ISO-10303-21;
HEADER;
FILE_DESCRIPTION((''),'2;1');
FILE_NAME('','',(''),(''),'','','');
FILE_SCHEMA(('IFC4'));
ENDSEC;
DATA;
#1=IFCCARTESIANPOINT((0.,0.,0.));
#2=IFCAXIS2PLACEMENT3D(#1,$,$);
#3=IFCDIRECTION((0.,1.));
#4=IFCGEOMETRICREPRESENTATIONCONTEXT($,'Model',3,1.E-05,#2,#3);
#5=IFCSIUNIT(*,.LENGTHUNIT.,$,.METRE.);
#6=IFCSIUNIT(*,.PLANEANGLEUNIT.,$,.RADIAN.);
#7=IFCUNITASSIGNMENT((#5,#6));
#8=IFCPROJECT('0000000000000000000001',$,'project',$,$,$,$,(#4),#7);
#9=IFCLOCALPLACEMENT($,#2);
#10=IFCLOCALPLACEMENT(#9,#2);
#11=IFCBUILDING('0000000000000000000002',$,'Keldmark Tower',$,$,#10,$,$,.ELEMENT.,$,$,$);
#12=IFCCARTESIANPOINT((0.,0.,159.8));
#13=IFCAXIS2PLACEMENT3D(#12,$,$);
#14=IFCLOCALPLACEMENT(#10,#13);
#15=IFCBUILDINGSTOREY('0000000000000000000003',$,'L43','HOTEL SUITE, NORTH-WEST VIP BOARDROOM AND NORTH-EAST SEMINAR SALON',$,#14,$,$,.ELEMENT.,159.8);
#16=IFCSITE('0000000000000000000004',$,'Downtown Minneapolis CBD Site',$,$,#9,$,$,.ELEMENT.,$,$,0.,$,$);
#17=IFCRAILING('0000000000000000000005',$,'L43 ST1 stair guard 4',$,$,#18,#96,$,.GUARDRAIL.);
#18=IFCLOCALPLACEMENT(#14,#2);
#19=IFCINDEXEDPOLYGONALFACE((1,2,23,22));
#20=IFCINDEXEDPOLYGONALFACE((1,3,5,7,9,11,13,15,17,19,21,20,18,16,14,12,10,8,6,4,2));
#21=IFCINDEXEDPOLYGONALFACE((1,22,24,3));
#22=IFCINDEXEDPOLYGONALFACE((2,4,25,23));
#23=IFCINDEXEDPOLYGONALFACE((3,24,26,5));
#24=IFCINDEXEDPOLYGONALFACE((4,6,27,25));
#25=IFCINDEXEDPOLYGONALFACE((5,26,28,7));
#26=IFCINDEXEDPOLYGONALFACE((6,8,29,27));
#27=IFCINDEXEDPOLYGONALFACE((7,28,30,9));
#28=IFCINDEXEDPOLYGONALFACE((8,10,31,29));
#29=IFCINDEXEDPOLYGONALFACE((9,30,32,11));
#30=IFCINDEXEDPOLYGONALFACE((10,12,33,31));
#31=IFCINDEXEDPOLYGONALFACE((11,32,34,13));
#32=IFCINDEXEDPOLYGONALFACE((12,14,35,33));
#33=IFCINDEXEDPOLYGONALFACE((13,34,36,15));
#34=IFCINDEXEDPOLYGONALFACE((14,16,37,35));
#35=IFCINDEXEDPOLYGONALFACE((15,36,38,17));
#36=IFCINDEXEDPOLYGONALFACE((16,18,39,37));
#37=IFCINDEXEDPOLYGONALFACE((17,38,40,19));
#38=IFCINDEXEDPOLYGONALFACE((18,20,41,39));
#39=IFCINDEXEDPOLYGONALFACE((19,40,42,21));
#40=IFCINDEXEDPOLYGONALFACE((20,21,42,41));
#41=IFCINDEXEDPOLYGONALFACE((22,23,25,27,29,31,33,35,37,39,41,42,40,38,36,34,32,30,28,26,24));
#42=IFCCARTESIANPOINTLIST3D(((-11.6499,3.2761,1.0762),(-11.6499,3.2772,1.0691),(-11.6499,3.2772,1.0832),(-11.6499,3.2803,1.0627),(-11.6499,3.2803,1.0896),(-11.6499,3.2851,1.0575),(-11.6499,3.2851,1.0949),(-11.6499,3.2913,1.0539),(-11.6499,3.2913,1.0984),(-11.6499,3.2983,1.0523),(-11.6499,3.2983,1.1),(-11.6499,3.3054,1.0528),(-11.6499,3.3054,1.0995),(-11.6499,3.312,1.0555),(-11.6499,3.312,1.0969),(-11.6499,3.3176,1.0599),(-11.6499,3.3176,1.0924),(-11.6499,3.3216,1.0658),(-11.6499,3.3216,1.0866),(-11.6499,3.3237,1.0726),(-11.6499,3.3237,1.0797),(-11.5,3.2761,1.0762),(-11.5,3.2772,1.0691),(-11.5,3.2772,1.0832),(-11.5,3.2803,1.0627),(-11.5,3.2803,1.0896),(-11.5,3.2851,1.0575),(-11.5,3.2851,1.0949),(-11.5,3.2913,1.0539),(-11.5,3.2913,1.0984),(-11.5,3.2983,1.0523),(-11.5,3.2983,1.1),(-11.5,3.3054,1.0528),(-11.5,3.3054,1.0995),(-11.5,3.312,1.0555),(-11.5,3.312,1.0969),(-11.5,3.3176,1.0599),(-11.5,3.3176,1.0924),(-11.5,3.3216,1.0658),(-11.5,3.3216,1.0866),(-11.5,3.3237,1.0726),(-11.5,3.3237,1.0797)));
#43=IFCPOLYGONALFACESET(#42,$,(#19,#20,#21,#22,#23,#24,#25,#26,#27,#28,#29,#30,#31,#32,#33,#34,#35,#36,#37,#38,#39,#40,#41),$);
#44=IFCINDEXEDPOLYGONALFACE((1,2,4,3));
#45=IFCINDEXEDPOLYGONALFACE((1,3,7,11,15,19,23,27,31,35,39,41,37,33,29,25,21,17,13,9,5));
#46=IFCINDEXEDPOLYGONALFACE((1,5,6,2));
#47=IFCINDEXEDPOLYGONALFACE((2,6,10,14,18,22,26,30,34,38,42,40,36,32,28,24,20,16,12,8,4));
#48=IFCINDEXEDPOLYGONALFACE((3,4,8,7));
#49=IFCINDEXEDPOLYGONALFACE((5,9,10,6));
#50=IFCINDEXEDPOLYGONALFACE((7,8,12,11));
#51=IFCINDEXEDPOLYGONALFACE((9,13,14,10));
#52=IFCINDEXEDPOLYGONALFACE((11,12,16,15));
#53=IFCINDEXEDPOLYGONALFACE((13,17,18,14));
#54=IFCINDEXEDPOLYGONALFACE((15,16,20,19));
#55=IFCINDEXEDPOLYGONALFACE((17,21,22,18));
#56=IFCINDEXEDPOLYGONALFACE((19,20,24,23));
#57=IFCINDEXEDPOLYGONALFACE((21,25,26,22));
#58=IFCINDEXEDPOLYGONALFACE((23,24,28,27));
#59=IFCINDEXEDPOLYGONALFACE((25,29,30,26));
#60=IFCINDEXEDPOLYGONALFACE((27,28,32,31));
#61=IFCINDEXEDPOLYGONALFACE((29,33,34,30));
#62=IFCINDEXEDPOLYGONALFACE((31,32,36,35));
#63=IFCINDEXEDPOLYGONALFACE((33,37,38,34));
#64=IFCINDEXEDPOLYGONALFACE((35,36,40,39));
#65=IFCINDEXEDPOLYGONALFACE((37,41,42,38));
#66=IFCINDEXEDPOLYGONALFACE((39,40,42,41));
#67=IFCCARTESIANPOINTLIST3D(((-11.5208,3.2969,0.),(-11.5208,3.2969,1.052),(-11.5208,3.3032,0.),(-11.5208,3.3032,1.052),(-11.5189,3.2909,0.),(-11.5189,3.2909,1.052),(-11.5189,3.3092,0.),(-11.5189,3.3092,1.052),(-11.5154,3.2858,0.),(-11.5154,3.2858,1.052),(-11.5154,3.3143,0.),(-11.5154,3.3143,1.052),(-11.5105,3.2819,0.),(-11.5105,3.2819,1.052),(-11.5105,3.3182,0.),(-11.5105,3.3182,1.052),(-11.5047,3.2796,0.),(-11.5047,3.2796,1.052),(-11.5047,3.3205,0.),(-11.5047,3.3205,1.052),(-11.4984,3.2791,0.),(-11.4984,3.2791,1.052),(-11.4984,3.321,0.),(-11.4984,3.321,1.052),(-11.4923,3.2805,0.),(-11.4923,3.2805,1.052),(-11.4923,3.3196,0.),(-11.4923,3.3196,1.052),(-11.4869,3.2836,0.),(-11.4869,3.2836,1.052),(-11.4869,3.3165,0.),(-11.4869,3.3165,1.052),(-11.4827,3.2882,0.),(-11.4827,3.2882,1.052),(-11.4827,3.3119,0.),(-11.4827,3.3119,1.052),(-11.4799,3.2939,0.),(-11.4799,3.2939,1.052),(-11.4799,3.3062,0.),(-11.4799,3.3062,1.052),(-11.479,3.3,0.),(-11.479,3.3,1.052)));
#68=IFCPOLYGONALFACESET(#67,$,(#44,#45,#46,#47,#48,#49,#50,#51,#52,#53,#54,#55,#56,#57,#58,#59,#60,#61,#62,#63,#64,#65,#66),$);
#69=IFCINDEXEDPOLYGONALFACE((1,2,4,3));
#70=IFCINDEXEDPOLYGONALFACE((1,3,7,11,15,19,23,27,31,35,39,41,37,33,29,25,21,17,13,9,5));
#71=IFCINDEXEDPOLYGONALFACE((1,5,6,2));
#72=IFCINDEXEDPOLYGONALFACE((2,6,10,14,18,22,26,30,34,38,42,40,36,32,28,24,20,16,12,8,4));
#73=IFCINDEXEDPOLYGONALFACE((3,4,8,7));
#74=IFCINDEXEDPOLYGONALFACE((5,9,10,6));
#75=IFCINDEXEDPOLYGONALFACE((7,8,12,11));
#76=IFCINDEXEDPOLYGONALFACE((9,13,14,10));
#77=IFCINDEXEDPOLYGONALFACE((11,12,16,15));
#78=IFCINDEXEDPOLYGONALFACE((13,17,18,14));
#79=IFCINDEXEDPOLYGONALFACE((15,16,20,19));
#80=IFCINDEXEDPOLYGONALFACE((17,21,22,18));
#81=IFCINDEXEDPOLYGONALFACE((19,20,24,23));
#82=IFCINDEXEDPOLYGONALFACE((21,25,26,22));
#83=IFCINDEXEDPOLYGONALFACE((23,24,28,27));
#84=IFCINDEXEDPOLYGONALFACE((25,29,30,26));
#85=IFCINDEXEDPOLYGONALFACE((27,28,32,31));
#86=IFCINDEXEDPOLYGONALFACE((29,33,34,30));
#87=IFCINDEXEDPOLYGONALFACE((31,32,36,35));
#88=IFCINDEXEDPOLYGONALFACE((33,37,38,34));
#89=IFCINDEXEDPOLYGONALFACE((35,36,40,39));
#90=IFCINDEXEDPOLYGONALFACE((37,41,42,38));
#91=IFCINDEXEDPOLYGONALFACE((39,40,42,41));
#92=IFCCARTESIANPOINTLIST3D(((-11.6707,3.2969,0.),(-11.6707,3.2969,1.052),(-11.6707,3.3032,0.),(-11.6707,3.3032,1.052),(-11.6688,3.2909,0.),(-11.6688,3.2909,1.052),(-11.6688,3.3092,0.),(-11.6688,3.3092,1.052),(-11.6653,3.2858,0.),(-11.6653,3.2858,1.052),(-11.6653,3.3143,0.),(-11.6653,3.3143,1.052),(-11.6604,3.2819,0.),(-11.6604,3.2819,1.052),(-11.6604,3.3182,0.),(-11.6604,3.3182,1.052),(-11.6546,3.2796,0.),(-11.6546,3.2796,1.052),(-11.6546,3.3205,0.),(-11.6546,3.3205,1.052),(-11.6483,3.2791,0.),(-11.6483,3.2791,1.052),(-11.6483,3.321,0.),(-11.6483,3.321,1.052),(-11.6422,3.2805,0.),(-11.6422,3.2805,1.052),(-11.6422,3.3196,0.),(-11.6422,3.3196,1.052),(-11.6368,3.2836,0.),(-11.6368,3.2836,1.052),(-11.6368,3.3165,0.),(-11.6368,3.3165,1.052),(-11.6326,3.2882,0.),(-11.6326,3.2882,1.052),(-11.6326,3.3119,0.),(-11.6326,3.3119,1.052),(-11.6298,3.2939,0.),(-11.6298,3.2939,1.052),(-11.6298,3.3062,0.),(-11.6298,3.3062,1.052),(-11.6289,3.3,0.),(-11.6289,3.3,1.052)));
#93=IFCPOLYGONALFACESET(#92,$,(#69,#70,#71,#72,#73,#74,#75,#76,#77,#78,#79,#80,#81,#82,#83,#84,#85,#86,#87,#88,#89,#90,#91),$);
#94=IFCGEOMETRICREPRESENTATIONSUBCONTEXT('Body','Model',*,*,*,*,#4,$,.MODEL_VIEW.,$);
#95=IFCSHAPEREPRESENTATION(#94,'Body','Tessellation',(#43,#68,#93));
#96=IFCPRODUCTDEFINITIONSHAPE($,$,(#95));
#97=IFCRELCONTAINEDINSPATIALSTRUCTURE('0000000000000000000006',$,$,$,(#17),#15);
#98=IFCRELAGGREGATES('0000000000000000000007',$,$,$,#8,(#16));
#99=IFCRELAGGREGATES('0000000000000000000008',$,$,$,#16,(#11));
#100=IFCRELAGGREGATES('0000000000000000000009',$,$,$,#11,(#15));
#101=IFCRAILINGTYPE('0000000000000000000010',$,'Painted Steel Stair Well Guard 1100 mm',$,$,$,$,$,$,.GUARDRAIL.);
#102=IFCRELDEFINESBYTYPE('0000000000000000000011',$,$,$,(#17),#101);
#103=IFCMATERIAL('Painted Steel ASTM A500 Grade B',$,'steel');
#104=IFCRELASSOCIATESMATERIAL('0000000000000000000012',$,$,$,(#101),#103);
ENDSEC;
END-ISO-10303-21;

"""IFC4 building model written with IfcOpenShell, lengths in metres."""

from ifc_helpers import new_model, si_unit, direction, frame, origin, origin_2d, place, context, subcontext, project, spatial, circle, extrude, material, type_object, element, save


model = new_model("IFC4")

# Units and contexts
model_context = context("Model", 3, precision=1e-05, world=origin(), true_north=direction((0.0, 1.0)))
body_context = subcontext(model_context, "Body", "Model", "MODEL_VIEW")
ifc_project = project(units=[si_unit("LENGTHUNIT", "METRE"), si_unit("PLANEANGLEUNIT", "RADIAN")], contexts=[model_context])

# Site, building, storey
site_placement = place(None, origin())
site = spatial("IfcSite", under=ifc_project, at=site_placement, Name="Downtown Minneapolis CBD Site", CompositionType="ELEMENT", RefElevation=0.0)
building_placement = place(site_placement, origin())
building = spatial("IfcBuilding", under=site, at=building_placement, Name="Keldmark Tower", CompositionType="ELEMENT")
storey_placement = place(building_placement, frame((0.0, 0.0, 159.8)))
storey = spatial("IfcBuildingStorey", under=building, at=storey_placement, Name="L43", Description="HOTEL SUITE, NORTH-WEST VIP BOARDROOM AND NORTH-EAST SEMINAR SALON", CompositionType="ELEMENT", Elevation=159.8)

# Railing
ifc_material_1 = material(Name="Painted Steel ASTM A500 Grade B", Category="steel")
railing_type_1 = type_object("IfcRailingType", Name="Painted Steel Stair Well Guard 1100 mm", PredefinedType="GUARDRAIL", material=ifc_material_1)
railing_1_placement = place(storey_placement, frame((-11.5, 3.3, 0.0)))
element("IfcRailing", 1, at=railing_1_placement, inside=storey, type_object=railing_type_1, Name="L43 ST1 stair guard 4", PredefinedType="GUARDRAIL", context=body_context, shape_type="SweptSolid", body=[
    extrude(circle(Radius=0.0239, at=origin_2d()), frame((0.0, 0.0, 1.0762), z_axis=(-1.0, 0.0, 0.0), x_axis=(0.0, -1.0, 0.0)), (0.0, 0.0, 1.0), 0.1499),
    extrude(circle(Radius=0.021, at=origin_2d()), origin(), (0.0, 0.0, 1.0), 1.052),
    extrude(circle(Radius=0.021, at=origin_2d()), frame((-0.1499, 0.0, 0.0)), (0.0, 0.0, 1.0), 1.052),
])

save(model, "model.ifc")
